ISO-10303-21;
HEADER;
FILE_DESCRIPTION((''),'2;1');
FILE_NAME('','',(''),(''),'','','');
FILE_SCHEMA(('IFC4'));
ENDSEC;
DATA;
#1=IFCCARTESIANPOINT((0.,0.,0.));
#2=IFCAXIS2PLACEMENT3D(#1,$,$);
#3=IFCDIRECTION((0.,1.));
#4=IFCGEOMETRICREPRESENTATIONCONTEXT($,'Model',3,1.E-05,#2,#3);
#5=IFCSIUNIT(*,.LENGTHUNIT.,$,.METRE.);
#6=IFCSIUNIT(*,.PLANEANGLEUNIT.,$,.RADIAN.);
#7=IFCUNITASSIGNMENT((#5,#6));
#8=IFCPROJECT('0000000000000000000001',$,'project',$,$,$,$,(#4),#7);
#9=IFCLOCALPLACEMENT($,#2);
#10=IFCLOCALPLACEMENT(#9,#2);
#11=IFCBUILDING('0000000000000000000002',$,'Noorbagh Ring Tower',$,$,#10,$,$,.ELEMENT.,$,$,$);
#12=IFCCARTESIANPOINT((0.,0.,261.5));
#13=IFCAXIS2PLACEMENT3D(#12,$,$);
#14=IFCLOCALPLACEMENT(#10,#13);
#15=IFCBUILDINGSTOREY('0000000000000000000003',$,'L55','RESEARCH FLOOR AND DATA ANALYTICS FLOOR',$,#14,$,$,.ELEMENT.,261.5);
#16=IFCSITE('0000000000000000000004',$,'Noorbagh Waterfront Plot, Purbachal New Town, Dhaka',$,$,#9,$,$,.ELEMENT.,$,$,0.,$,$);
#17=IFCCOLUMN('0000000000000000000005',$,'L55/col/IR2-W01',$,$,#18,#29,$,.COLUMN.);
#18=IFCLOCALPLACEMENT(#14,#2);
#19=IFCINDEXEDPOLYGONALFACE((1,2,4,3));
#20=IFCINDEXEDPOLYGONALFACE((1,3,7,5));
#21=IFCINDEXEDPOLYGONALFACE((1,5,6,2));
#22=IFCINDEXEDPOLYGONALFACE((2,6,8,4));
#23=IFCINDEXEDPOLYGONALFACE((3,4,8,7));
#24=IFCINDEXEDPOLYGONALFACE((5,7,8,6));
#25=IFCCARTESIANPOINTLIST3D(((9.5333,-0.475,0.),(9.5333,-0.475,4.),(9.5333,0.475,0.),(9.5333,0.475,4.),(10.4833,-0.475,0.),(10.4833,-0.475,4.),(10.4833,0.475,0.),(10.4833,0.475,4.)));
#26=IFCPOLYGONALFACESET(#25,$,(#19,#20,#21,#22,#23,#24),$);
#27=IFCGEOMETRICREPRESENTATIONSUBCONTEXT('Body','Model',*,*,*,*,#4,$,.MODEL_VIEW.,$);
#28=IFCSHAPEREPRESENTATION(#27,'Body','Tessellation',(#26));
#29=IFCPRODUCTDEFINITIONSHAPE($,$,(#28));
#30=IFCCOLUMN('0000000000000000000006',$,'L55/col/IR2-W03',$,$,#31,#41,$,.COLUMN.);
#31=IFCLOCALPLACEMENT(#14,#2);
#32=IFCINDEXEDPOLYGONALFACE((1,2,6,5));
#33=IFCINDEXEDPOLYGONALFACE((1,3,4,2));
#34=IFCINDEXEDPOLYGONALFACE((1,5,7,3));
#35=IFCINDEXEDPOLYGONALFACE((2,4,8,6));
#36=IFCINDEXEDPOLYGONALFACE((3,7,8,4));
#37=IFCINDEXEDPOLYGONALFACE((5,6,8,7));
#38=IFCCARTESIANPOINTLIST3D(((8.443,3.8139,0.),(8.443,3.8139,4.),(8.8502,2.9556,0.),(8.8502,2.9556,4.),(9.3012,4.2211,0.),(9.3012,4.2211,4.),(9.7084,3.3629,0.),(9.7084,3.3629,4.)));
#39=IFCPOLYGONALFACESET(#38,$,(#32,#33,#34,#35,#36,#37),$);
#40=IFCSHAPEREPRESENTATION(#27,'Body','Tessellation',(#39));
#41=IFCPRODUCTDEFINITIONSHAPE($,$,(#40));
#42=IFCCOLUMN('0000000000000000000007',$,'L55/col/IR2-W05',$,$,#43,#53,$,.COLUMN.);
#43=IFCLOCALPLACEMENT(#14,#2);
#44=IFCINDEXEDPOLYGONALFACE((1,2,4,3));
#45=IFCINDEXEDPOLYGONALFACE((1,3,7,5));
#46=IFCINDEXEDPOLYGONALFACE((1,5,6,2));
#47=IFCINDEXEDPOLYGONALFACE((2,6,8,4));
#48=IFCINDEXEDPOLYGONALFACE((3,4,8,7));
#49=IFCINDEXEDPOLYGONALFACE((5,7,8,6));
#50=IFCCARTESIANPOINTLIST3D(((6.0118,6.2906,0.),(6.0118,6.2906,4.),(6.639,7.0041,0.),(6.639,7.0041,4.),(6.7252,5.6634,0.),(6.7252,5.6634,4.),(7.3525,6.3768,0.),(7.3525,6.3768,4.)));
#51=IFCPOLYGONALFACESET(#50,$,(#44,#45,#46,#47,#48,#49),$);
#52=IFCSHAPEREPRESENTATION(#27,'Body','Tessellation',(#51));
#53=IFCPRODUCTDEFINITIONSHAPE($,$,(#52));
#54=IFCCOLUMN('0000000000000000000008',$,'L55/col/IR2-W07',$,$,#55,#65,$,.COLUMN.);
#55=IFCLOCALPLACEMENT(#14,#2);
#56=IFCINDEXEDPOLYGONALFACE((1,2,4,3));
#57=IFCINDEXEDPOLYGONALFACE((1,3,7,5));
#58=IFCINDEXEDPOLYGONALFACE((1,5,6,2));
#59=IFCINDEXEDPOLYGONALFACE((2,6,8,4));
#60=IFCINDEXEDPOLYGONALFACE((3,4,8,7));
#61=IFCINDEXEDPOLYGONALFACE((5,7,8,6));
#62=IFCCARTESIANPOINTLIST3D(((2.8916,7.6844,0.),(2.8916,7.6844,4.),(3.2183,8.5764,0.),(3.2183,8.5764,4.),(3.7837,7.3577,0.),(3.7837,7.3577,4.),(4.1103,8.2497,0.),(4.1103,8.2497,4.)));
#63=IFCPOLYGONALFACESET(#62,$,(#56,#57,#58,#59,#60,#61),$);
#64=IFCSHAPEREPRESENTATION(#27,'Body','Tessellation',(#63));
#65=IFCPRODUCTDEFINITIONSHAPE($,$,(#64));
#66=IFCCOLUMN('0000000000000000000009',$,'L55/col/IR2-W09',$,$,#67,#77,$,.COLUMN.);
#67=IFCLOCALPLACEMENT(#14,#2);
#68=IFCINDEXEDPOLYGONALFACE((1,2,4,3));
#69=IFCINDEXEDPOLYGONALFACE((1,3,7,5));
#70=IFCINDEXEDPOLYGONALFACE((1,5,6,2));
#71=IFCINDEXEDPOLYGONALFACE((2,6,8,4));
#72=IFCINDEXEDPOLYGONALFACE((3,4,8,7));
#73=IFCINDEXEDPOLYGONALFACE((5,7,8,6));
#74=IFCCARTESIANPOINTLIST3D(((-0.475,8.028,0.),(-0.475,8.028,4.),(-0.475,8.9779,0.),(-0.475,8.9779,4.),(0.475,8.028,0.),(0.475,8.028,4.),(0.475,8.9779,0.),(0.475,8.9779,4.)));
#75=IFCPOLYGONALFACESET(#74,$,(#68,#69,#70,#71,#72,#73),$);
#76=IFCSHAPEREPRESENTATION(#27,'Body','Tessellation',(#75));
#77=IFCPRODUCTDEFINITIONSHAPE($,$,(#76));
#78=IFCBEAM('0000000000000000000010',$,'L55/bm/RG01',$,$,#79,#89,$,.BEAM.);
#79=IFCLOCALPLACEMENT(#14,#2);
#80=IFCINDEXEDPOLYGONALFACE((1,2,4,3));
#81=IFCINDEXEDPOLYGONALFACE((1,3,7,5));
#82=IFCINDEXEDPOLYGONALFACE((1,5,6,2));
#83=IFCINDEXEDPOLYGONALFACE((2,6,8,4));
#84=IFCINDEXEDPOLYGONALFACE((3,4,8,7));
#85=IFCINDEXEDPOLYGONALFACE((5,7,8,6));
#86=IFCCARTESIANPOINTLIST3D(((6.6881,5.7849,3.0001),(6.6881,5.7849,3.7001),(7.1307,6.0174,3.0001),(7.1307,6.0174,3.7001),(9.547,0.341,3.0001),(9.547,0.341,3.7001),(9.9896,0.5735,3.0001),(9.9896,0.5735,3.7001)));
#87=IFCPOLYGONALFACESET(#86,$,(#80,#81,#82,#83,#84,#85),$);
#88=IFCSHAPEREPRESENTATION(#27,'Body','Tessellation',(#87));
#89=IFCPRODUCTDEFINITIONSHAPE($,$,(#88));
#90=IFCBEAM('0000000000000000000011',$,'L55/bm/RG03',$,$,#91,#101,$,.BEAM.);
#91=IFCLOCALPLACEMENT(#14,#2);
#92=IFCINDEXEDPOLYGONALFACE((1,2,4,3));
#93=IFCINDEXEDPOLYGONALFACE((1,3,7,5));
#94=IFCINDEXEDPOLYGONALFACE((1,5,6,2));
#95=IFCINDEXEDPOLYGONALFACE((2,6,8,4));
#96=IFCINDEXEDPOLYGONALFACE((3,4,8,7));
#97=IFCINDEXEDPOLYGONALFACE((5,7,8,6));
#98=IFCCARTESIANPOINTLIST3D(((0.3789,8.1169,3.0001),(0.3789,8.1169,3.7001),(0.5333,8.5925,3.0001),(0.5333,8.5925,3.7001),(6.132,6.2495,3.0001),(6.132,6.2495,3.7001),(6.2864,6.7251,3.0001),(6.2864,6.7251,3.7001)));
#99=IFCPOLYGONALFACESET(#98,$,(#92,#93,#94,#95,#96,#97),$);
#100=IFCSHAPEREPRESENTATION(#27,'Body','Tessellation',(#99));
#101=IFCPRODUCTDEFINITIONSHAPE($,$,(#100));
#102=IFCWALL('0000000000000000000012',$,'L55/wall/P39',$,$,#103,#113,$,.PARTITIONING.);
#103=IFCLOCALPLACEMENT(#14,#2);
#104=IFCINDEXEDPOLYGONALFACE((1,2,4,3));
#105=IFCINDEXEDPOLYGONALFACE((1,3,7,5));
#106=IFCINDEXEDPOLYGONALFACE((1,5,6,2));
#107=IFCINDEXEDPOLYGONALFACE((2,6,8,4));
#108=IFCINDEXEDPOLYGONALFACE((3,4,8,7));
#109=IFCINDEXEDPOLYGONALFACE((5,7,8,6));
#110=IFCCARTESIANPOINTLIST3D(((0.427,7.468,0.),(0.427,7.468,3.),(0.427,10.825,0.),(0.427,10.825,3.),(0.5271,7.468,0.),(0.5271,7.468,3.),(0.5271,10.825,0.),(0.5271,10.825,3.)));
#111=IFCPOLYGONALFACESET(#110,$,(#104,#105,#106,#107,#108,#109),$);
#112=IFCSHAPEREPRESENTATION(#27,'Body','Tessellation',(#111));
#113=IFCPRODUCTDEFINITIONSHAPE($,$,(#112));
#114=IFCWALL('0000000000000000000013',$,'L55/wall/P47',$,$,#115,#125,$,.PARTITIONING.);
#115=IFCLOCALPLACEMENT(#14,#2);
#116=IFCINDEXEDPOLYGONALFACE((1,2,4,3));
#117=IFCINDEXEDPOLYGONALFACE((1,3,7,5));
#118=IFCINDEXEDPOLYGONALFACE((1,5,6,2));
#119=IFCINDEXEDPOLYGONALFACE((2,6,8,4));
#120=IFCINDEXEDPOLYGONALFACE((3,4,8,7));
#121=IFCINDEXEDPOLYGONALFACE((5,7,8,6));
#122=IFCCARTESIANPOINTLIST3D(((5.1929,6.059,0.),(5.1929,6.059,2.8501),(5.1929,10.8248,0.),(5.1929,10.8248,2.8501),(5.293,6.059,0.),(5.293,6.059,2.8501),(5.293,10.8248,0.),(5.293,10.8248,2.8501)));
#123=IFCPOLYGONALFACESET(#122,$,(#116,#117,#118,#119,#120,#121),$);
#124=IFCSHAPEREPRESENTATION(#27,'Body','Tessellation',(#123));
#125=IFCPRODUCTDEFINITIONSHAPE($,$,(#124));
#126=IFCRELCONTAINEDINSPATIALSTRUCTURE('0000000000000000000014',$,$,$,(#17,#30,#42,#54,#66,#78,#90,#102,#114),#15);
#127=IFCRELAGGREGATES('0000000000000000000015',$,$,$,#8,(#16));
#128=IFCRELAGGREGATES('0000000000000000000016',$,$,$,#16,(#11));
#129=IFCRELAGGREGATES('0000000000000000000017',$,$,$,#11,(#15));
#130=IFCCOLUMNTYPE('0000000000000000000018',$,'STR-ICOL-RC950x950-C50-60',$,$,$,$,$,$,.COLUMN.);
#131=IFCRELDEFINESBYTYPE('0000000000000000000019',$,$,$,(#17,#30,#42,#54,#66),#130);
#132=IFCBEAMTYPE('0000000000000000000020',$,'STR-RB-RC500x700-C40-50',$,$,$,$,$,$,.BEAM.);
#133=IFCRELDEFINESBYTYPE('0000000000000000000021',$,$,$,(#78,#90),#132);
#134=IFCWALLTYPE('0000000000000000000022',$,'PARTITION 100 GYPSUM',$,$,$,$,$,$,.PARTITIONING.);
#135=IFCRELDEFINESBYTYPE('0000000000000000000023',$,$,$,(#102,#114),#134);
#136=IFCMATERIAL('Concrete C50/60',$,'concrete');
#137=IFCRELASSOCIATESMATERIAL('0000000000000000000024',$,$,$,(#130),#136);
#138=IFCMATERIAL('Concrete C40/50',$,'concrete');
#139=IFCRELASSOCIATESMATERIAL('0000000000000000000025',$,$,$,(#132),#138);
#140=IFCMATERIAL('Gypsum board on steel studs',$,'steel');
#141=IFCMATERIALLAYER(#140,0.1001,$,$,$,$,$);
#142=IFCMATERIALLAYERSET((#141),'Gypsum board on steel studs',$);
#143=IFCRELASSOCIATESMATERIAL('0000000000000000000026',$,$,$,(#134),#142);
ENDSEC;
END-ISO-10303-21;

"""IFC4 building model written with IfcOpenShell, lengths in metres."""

from ifc_helpers import new_model, si_unit, direction, frame, frame_2d, origin, origin_2d, place, context, subcontext, project, spatial, rectangle, extrude, material, layer, layer_set, material_profile, profile_set, type_object, element, save


model = new_model("IFC4")

# Units and contexts
model_context = context("Model", 3, precision=1e-05, world=origin(), true_north=direction((0.0, 1.0)))
body_context = subcontext(model_context, "Body", "Model", "MODEL_VIEW")
ifc_project = project(units=[si_unit("LENGTHUNIT", "METRE"), si_unit("PLANEANGLEUNIT", "RADIAN")], contexts=[model_context])

# Site, building, storey
site_placement = place(None, origin())
site = spatial("IfcSite", under=ifc_project, at=site_placement, Name="Noorbagh Waterfront Plot, Purbachal New Town, Dhaka", CompositionType="ELEMENT", RefElevation=0.0)
building_placement = place(site_placement, origin())
building = spatial("IfcBuilding", under=site, at=building_placement, Name="Noorbagh Ring Tower", CompositionType="ELEMENT")
storey_placement = place(building_placement, frame((0.0, 0.0, 261.5)))
storey = spatial("IfcBuildingStorey", under=building, at=storey_placement, Name="L55", Description="RESEARCH FLOOR AND DATA ANALYTICS FLOOR", CompositionType="ELEMENT", Elevation=261.5)

# Columns
ifc_material_1 = material(Name="Concrete C50/60", Category="concrete")
ifc_material_profile_1 = material_profile(ifc_material_1, rectangle(XDim=0.95, YDim=0.95, at=origin_2d()), Name="RC950x950")
ifc_profile_set_1 = profile_set([ifc_material_profile_1], Name="Concrete C50/60")
column_type = type_object("IfcColumnType", Name="STR-ICOL-RC950x950-C50-60", PredefinedType="COLUMN", material=ifc_profile_set_1)
for number, where, z_axis, x_axis, name in (
    (1, (10.0083, 0.0, 0.0), (0.0, 0.0, 1.0), (0.0, 1.0, 0.0), "L55/col/IR2-W01"),
    (2, (9.0757, 3.5884, 0.0), (0.0, 0.0, 1.0), (-0.428667, 0.903463, 0.0), "L55/col/IR2-W03"),
    (3, (6.6821, 6.3337, 0.0), (0.0, 0.0, 1.0), (-0.751022, 0.660277, 0.0), "L55/col/IR2-W05"),
    (4, (3.501, 7.967, 0.0), (0.0, 0.0, 1.0), (-0.93902, 0.343864, 0.0), "L55/col/IR2-W07"),
    (5, (0.0, 8.5029, 0.0), (0.0, 0.0, 1.0), (-1.0, 0.0, 0.0), "L55/col/IR2-W09"),
):
    element("IfcColumn", number, at=place(storey_placement, frame(where, z_axis=z_axis, x_axis=x_axis)), inside=storey, type_object=column_type, Name=name, PredefinedType="COLUMN", context=body_context, shape_type="SweptSolid", body=[
        extrude(rectangle(XDim=0.95, YDim=0.95, at=origin_2d()), origin(), (0.0, 0.0, 1.0), 4.0),
    ])

# Beams
ifc_material_2 = material(Name="Concrete C40/50", Category="concrete")
ifc_material_profile_2 = material_profile(ifc_material_2, rectangle(XDim=0.5, YDim=0.7, at=origin_2d()), Name="RC500x700")
ifc_profile_set_2 = profile_set([ifc_material_profile_2], Name="Concrete C40/50")
beam_type = type_object("IfcBeamType", Name="STR-RB-RC500x700-C40-50", PredefinedType="BEAM", material=ifc_profile_set_2)
beam_1_placement = place(storey_placement, frame((9.7683, 0.4573, 3.3501), z_axis=(-0.464944, 0.88534, 0.0), x_axis=(-0.88534, -0.464944, 0.0)))
element("IfcBeam", 6, at=beam_1_placement, inside=storey, type_object=beam_type, Name="L55/bm/RG01", PredefinedType="BEAM", context=body_context, shape_type="SweptSolid", body=[
    extrude(rectangle(XDim=0.5, YDim=0.7, at=origin_2d()), origin(), (0.0, 0.0, 1.0), 6.1489),
])
beam_2_placement = place(storey_placement, frame((6.2092, 6.4873, 3.3501), z_axis=(-0.951148, 0.308735, 0.0), x_axis=(-0.308735, -0.951148, 0.0)))
element("IfcBeam", 7, at=beam_2_placement, inside=storey, type_object=beam_type, Name="L55/bm/RG03", PredefinedType="BEAM", context=body_context, shape_type="SweptSolid", body=[
    extrude(rectangle(XDim=0.5, YDim=0.7, at=origin_2d()), origin(), (0.0, 0.0, 1.0), 6.0486),
])

# Walls
ifc_material_3 = material(Name="Gypsum board on steel studs", Category="steel")
ifc_layer = layer(ifc_material_3, 0.1001)
ifc_layer_set = layer_set([ifc_layer], Name="Gypsum board on steel studs")
wall_type = type_object("IfcWallType", Name="PARTITION 100 GYPSUM", PredefinedType="PARTITIONING", material=ifc_layer_set)
wall_1_placement = place(storey_placement, frame((0.4771, 7.468, 0.0), z_axis=(0.0, 0.0, 1.0), x_axis=(0.0, 1.0, 0.0)))
element("IfcWall", 8, at=wall_1_placement, inside=storey, type_object=wall_type, Name="L55/wall/P39", PredefinedType="PARTITIONING", context=body_context, shape_type="SweptSolid", body=[
    extrude(rectangle(XDim=3.3569, YDim=0.1001, at=frame_2d((1.6785, 0.0))), origin(), (0.0, 0.0, 1.0), 3.0),
])
wall_2_placement = place(storey_placement, frame((5.2429, 6.0591, 0.0), z_axis=(0.0, 0.0, 1.0), x_axis=(0.0, 1.0, 0.0)))
element("IfcWall", 9, at=wall_2_placement, inside=storey, type_object=wall_type, Name="L55/wall/P47", PredefinedType="PARTITIONING", context=body_context, shape_type="SweptSolid", body=[
    extrude(rectangle(XDim=4.7659, YDim=0.1001, at=frame_2d((2.3828, 0.0))), origin(), (0.0, 0.0, 1.0), 2.8501),
])

save(model, "model.ifc")
